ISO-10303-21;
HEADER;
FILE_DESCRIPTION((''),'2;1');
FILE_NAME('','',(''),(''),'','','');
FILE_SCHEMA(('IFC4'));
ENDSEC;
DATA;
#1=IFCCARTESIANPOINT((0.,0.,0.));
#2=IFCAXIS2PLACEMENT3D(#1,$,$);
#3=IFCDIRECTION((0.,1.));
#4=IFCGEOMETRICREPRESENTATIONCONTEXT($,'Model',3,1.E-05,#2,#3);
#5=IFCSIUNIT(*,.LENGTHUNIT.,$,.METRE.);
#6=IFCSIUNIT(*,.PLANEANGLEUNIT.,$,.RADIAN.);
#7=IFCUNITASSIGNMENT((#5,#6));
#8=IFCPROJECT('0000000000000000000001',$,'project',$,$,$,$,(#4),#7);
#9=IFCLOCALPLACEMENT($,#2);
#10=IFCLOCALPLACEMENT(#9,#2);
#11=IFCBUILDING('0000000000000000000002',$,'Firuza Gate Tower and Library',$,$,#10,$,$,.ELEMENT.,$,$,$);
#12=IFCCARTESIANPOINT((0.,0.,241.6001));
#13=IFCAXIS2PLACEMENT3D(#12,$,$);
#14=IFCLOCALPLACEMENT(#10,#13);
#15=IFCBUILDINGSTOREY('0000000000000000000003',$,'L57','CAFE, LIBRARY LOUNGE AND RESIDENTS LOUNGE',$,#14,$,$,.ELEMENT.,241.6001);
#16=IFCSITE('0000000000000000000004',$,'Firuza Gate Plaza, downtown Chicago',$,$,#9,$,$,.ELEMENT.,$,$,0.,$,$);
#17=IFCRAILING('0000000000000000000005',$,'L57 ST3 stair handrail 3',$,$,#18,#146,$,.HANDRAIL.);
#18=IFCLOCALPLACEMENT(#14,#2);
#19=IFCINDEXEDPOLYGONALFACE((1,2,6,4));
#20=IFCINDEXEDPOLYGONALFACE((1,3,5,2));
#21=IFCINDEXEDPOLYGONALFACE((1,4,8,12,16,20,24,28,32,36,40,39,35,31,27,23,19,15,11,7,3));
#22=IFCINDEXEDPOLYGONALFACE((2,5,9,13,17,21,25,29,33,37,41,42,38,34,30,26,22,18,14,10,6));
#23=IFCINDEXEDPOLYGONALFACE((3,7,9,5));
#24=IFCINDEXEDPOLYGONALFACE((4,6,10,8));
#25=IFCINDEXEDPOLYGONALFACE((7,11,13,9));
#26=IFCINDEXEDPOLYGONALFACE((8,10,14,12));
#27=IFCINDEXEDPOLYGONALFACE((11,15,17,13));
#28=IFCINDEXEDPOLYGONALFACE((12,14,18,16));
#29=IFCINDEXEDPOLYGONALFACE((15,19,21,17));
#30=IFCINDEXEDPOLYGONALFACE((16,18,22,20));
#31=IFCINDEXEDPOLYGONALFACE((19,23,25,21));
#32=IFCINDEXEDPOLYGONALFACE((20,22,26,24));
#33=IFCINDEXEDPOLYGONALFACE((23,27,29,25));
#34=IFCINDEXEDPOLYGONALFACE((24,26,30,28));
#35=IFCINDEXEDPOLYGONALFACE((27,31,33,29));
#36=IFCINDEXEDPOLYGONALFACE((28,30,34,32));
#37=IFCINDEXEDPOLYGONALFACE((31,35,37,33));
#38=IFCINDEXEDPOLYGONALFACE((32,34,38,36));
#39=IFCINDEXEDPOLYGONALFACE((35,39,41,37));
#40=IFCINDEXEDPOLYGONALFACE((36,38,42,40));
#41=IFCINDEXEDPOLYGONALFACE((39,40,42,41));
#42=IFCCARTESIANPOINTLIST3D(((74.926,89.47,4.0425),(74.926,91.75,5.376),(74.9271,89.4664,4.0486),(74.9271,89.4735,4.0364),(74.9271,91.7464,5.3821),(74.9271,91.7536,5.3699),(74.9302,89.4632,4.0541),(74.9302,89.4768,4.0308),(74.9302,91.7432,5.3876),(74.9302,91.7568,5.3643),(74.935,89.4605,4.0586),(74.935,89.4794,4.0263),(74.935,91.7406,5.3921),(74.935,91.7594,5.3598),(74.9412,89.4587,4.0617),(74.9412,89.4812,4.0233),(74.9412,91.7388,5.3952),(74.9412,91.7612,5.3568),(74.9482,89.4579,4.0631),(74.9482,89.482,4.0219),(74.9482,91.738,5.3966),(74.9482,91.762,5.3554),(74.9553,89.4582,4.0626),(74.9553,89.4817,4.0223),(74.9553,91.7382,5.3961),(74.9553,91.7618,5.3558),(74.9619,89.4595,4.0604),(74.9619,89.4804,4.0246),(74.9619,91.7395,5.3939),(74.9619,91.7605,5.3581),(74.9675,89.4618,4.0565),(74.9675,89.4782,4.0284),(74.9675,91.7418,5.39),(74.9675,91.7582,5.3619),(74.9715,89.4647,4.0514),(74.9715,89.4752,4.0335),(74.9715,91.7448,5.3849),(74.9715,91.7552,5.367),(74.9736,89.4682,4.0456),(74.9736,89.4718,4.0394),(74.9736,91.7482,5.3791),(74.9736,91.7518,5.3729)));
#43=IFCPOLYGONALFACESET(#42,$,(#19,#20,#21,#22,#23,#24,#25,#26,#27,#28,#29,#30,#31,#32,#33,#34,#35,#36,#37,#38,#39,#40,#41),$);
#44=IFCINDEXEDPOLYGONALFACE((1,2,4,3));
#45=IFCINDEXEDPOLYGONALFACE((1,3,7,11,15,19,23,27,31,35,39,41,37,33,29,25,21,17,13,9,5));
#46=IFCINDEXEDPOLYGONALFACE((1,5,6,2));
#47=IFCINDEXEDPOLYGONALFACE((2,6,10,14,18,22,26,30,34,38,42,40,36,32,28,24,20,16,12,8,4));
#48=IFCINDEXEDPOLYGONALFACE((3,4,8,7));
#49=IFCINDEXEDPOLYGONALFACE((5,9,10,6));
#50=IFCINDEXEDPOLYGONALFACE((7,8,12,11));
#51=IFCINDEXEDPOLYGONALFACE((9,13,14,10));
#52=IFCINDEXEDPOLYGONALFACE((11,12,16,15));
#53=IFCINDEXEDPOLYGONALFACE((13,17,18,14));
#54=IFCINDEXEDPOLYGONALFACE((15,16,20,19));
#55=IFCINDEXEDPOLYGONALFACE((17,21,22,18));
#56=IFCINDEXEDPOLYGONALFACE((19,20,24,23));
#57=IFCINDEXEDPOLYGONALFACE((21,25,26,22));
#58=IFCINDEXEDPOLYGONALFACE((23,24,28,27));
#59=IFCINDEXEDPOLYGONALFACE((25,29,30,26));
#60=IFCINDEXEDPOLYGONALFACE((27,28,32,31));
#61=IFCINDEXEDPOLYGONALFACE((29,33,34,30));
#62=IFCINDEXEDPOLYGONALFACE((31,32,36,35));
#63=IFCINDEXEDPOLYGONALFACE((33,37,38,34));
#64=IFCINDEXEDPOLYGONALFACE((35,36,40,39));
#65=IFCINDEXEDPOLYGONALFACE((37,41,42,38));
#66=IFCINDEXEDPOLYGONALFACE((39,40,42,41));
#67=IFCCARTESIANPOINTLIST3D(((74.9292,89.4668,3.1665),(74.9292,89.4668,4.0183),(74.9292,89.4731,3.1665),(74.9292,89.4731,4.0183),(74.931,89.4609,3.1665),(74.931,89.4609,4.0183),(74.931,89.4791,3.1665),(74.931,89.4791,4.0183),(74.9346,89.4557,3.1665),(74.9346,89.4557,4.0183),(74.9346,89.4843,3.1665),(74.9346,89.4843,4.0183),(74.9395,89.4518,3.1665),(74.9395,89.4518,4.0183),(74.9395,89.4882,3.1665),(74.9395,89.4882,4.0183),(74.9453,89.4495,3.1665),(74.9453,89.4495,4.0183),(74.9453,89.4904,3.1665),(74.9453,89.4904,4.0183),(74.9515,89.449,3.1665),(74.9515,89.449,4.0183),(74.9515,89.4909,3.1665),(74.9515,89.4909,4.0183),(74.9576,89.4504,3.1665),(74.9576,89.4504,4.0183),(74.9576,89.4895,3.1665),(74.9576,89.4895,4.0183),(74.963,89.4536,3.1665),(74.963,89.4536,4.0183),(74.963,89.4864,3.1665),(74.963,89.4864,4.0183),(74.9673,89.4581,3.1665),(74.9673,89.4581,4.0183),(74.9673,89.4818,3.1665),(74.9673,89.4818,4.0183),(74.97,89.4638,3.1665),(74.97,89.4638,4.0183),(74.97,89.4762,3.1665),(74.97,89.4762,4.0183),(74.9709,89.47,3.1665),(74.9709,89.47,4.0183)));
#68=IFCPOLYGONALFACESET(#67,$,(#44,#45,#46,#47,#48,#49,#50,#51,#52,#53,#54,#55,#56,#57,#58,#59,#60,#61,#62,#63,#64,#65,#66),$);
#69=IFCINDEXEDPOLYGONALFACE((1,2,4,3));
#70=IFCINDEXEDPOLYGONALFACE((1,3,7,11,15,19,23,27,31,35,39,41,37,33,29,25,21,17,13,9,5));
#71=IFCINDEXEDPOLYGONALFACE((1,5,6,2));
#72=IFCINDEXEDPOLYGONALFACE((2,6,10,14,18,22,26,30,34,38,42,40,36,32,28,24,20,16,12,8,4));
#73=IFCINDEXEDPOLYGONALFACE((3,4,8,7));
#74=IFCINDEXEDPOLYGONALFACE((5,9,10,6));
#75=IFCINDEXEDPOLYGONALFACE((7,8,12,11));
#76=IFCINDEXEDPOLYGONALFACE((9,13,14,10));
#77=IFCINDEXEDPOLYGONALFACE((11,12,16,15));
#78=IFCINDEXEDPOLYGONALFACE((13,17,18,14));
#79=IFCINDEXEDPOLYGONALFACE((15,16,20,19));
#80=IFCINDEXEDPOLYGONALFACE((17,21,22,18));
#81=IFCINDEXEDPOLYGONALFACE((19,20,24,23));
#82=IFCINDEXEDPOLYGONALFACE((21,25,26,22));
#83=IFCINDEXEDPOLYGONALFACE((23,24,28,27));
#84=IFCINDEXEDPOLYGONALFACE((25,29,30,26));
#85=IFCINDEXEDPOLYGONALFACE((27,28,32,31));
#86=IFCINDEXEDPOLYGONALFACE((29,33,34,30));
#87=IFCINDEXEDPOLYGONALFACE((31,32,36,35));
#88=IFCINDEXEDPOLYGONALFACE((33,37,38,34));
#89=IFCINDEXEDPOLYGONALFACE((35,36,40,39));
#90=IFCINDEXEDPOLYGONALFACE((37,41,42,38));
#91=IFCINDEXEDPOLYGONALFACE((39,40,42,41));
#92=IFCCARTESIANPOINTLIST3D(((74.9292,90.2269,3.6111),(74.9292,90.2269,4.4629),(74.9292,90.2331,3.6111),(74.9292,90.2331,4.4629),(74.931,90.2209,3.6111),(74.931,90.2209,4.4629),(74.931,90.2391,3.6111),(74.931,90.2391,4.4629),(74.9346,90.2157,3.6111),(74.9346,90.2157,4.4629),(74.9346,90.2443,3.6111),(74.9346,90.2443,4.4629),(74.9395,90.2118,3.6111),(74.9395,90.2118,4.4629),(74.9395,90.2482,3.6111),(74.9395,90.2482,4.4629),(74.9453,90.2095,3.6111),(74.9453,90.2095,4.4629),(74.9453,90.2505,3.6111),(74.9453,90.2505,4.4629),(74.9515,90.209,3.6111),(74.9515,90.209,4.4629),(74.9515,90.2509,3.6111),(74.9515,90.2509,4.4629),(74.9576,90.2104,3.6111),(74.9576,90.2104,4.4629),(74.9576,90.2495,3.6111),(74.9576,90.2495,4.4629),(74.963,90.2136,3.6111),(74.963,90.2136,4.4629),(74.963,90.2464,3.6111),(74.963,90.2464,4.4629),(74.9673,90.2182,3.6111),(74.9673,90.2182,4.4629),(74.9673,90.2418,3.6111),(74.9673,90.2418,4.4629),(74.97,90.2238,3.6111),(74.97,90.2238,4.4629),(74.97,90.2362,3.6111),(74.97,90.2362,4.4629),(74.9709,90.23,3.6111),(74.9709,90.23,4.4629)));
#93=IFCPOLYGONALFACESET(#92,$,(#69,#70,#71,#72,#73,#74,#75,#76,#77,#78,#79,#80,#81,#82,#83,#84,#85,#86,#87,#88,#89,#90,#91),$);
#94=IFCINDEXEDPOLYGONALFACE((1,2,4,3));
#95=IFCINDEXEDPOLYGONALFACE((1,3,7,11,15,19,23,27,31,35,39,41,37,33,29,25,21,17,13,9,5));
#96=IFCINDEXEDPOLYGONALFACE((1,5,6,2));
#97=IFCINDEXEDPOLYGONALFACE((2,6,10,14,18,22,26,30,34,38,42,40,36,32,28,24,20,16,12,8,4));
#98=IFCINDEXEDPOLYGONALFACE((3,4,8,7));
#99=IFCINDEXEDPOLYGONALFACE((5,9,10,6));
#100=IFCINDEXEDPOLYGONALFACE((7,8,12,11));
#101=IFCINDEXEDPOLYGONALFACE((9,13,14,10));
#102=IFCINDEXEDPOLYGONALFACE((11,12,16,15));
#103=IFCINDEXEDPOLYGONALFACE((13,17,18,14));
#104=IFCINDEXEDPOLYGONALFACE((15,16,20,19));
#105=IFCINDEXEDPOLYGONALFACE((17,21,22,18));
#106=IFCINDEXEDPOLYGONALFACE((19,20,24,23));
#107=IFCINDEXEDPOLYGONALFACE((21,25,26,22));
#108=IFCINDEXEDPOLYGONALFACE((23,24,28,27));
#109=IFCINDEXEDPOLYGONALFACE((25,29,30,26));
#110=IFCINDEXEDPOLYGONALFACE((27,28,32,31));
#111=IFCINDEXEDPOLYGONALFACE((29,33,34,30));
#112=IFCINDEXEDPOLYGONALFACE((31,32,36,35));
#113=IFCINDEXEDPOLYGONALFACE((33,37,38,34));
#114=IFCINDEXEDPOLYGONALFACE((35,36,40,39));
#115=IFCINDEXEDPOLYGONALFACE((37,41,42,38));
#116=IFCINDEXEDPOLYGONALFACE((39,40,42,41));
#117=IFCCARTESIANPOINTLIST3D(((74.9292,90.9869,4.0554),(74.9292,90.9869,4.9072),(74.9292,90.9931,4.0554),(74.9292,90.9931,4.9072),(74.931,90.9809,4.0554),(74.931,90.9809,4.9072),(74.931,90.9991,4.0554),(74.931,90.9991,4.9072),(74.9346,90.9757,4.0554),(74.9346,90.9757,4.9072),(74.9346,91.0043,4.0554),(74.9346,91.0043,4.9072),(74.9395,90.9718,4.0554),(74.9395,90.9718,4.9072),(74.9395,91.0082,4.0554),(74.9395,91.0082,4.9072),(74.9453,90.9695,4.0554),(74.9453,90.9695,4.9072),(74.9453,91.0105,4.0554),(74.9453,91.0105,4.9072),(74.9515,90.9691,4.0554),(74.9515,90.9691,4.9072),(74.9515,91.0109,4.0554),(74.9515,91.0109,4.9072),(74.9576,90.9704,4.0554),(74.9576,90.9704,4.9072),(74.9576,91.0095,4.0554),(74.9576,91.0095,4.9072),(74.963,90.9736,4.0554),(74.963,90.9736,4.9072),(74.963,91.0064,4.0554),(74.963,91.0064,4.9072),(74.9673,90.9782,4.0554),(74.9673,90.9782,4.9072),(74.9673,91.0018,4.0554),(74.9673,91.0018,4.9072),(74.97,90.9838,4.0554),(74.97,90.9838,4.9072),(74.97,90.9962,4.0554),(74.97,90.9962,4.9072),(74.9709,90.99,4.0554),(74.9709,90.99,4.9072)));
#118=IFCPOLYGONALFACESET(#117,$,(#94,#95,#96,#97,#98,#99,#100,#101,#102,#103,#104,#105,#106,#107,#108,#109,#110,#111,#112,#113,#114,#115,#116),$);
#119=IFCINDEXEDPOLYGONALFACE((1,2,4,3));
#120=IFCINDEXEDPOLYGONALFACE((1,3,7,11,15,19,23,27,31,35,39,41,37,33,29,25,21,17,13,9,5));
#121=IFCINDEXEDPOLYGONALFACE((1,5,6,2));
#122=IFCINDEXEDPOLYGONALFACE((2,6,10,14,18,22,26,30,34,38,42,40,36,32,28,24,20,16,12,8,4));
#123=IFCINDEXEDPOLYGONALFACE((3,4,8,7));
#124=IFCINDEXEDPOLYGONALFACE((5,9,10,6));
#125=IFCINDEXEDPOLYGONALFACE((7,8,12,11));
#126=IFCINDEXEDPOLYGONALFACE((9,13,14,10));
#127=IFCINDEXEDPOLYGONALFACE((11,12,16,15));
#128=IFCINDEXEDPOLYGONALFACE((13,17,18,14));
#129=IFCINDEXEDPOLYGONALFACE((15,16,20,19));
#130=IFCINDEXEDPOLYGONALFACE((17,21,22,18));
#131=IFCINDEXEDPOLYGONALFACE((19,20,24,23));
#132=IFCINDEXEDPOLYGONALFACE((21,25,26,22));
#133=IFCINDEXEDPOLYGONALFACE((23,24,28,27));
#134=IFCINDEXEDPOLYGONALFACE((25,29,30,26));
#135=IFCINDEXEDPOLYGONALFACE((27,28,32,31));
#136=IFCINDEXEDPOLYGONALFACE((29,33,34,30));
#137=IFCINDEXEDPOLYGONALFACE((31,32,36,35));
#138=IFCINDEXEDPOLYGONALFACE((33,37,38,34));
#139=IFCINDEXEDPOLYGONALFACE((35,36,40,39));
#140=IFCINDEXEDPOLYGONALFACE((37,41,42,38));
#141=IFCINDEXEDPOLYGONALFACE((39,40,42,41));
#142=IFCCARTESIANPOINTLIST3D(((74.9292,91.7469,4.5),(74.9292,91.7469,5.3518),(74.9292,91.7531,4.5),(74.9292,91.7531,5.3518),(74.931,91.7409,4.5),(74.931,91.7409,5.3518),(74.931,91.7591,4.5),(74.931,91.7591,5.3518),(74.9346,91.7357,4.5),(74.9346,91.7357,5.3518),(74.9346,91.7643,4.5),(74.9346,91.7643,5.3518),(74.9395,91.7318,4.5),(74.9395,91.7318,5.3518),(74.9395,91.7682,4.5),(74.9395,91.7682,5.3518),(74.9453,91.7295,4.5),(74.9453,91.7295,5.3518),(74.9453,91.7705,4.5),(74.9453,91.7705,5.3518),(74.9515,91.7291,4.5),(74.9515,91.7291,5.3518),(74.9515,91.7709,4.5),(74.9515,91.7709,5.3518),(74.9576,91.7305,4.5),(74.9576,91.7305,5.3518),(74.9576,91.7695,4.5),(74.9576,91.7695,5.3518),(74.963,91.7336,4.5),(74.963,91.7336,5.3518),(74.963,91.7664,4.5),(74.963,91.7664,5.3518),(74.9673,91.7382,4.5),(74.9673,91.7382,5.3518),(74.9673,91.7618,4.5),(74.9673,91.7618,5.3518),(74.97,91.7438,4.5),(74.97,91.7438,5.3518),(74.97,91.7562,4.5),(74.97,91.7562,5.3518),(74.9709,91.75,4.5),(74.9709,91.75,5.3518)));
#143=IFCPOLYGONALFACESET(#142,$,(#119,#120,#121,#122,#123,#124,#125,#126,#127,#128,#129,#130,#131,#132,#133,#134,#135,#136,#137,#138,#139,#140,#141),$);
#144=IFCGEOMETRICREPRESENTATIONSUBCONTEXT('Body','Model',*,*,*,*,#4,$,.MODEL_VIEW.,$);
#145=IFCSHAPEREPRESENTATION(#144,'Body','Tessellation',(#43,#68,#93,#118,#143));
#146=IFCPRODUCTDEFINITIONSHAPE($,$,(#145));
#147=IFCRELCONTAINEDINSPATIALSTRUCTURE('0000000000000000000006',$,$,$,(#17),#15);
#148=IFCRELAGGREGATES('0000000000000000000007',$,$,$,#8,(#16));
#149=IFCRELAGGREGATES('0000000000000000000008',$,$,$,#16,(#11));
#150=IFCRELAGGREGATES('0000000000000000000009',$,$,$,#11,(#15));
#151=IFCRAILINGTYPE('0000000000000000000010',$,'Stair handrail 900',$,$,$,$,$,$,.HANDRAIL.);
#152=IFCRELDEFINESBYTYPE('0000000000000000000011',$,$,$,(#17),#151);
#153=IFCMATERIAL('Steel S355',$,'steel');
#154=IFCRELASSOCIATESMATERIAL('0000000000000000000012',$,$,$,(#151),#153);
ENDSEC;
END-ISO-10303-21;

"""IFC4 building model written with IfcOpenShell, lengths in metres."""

from ifc_helpers import new_model, si_unit, direction, frame, origin, origin_2d, place, context, subcontext, project, spatial, circle, extrude, material, type_object, element, save


model = new_model("IFC4")

# Units and contexts
model_context = context("Model", 3, precision=1e-05, world=origin(), true_north=direction((0.0, 1.0)))
body_context = subcontext(model_context, "Body", "Model", "MODEL_VIEW")
ifc_project = project(units=[si_unit("LENGTHUNIT", "METRE"), si_unit("PLANEANGLEUNIT", "RADIAN")], contexts=[model_context])

# Site, building, storey
site_placement = place(None, origin())
site = spatial("IfcSite", under=ifc_project, at=site_placement, Name="Firuza Gate Plaza, downtown Chicago", CompositionType="ELEMENT", RefElevation=0.0)
building_placement = place(site_placement, origin())
building = spatial("IfcBuilding", under=site, at=building_placement, Name="Firuza Gate Tower and Library", CompositionType="ELEMENT")
storey_placement = place(building_placement, frame((0.0, 0.0, 241.6001)))
storey = spatial("IfcBuildingStorey", under=building, at=storey_placement, Name="L57", Description="CAFE, LIBRARY LOUNGE AND RESIDENTS LOUNGE", CompositionType="ELEMENT", Elevation=241.6001)

# Railing
ifc_material_1 = material(Name="Steel S355", Category="steel")
railing_type = type_object("IfcRailingType", Name="Stair handrail 900", PredefinedType="HANDRAIL", material=ifc_material_1)
for number, where, name in (
    (1, (74.95, 89.47, 3.1665), "L57 ST3 stair handrail 3"),
):
    element("IfcRailing", number, at=place(storey_placement, frame(where)), inside=storey, type_object=railing_type, Name=name, PredefinedType="HANDRAIL", context=body_context, shape_type="SweptSolid", body=[
        extrude(circle(Radius=0.0239, at=origin_2d()), frame((0.0, 0.0, 0.876), z_axis=(0.0, 0.863205, 0.504853), x_axis=(-1.0, 0.0, 0.0)), (0.0, 0.0, 1.0), 2.6414),
        extrude(circle(Radius=0.021, at=origin_2d()), origin(), (0.0, 0.0, 1.0), 0.8518),
        extrude(circle(Radius=0.021, at=origin_2d()), frame((0.0, 0.76, 0.4446)), (0.0, 0.0, 1.0), 0.8518),
        extrude(circle(Radius=0.021, at=origin_2d()), frame((0.0, 1.52, 0.8889)), (0.0, 0.0, 1.0), 0.8518),
        extrude(circle(Radius=0.021, at=origin_2d()), frame((0.0, 2.28, 1.3335)), (0.0, 0.0, 1.0), 0.8518),
    ])

save(model, "model.ifc")
